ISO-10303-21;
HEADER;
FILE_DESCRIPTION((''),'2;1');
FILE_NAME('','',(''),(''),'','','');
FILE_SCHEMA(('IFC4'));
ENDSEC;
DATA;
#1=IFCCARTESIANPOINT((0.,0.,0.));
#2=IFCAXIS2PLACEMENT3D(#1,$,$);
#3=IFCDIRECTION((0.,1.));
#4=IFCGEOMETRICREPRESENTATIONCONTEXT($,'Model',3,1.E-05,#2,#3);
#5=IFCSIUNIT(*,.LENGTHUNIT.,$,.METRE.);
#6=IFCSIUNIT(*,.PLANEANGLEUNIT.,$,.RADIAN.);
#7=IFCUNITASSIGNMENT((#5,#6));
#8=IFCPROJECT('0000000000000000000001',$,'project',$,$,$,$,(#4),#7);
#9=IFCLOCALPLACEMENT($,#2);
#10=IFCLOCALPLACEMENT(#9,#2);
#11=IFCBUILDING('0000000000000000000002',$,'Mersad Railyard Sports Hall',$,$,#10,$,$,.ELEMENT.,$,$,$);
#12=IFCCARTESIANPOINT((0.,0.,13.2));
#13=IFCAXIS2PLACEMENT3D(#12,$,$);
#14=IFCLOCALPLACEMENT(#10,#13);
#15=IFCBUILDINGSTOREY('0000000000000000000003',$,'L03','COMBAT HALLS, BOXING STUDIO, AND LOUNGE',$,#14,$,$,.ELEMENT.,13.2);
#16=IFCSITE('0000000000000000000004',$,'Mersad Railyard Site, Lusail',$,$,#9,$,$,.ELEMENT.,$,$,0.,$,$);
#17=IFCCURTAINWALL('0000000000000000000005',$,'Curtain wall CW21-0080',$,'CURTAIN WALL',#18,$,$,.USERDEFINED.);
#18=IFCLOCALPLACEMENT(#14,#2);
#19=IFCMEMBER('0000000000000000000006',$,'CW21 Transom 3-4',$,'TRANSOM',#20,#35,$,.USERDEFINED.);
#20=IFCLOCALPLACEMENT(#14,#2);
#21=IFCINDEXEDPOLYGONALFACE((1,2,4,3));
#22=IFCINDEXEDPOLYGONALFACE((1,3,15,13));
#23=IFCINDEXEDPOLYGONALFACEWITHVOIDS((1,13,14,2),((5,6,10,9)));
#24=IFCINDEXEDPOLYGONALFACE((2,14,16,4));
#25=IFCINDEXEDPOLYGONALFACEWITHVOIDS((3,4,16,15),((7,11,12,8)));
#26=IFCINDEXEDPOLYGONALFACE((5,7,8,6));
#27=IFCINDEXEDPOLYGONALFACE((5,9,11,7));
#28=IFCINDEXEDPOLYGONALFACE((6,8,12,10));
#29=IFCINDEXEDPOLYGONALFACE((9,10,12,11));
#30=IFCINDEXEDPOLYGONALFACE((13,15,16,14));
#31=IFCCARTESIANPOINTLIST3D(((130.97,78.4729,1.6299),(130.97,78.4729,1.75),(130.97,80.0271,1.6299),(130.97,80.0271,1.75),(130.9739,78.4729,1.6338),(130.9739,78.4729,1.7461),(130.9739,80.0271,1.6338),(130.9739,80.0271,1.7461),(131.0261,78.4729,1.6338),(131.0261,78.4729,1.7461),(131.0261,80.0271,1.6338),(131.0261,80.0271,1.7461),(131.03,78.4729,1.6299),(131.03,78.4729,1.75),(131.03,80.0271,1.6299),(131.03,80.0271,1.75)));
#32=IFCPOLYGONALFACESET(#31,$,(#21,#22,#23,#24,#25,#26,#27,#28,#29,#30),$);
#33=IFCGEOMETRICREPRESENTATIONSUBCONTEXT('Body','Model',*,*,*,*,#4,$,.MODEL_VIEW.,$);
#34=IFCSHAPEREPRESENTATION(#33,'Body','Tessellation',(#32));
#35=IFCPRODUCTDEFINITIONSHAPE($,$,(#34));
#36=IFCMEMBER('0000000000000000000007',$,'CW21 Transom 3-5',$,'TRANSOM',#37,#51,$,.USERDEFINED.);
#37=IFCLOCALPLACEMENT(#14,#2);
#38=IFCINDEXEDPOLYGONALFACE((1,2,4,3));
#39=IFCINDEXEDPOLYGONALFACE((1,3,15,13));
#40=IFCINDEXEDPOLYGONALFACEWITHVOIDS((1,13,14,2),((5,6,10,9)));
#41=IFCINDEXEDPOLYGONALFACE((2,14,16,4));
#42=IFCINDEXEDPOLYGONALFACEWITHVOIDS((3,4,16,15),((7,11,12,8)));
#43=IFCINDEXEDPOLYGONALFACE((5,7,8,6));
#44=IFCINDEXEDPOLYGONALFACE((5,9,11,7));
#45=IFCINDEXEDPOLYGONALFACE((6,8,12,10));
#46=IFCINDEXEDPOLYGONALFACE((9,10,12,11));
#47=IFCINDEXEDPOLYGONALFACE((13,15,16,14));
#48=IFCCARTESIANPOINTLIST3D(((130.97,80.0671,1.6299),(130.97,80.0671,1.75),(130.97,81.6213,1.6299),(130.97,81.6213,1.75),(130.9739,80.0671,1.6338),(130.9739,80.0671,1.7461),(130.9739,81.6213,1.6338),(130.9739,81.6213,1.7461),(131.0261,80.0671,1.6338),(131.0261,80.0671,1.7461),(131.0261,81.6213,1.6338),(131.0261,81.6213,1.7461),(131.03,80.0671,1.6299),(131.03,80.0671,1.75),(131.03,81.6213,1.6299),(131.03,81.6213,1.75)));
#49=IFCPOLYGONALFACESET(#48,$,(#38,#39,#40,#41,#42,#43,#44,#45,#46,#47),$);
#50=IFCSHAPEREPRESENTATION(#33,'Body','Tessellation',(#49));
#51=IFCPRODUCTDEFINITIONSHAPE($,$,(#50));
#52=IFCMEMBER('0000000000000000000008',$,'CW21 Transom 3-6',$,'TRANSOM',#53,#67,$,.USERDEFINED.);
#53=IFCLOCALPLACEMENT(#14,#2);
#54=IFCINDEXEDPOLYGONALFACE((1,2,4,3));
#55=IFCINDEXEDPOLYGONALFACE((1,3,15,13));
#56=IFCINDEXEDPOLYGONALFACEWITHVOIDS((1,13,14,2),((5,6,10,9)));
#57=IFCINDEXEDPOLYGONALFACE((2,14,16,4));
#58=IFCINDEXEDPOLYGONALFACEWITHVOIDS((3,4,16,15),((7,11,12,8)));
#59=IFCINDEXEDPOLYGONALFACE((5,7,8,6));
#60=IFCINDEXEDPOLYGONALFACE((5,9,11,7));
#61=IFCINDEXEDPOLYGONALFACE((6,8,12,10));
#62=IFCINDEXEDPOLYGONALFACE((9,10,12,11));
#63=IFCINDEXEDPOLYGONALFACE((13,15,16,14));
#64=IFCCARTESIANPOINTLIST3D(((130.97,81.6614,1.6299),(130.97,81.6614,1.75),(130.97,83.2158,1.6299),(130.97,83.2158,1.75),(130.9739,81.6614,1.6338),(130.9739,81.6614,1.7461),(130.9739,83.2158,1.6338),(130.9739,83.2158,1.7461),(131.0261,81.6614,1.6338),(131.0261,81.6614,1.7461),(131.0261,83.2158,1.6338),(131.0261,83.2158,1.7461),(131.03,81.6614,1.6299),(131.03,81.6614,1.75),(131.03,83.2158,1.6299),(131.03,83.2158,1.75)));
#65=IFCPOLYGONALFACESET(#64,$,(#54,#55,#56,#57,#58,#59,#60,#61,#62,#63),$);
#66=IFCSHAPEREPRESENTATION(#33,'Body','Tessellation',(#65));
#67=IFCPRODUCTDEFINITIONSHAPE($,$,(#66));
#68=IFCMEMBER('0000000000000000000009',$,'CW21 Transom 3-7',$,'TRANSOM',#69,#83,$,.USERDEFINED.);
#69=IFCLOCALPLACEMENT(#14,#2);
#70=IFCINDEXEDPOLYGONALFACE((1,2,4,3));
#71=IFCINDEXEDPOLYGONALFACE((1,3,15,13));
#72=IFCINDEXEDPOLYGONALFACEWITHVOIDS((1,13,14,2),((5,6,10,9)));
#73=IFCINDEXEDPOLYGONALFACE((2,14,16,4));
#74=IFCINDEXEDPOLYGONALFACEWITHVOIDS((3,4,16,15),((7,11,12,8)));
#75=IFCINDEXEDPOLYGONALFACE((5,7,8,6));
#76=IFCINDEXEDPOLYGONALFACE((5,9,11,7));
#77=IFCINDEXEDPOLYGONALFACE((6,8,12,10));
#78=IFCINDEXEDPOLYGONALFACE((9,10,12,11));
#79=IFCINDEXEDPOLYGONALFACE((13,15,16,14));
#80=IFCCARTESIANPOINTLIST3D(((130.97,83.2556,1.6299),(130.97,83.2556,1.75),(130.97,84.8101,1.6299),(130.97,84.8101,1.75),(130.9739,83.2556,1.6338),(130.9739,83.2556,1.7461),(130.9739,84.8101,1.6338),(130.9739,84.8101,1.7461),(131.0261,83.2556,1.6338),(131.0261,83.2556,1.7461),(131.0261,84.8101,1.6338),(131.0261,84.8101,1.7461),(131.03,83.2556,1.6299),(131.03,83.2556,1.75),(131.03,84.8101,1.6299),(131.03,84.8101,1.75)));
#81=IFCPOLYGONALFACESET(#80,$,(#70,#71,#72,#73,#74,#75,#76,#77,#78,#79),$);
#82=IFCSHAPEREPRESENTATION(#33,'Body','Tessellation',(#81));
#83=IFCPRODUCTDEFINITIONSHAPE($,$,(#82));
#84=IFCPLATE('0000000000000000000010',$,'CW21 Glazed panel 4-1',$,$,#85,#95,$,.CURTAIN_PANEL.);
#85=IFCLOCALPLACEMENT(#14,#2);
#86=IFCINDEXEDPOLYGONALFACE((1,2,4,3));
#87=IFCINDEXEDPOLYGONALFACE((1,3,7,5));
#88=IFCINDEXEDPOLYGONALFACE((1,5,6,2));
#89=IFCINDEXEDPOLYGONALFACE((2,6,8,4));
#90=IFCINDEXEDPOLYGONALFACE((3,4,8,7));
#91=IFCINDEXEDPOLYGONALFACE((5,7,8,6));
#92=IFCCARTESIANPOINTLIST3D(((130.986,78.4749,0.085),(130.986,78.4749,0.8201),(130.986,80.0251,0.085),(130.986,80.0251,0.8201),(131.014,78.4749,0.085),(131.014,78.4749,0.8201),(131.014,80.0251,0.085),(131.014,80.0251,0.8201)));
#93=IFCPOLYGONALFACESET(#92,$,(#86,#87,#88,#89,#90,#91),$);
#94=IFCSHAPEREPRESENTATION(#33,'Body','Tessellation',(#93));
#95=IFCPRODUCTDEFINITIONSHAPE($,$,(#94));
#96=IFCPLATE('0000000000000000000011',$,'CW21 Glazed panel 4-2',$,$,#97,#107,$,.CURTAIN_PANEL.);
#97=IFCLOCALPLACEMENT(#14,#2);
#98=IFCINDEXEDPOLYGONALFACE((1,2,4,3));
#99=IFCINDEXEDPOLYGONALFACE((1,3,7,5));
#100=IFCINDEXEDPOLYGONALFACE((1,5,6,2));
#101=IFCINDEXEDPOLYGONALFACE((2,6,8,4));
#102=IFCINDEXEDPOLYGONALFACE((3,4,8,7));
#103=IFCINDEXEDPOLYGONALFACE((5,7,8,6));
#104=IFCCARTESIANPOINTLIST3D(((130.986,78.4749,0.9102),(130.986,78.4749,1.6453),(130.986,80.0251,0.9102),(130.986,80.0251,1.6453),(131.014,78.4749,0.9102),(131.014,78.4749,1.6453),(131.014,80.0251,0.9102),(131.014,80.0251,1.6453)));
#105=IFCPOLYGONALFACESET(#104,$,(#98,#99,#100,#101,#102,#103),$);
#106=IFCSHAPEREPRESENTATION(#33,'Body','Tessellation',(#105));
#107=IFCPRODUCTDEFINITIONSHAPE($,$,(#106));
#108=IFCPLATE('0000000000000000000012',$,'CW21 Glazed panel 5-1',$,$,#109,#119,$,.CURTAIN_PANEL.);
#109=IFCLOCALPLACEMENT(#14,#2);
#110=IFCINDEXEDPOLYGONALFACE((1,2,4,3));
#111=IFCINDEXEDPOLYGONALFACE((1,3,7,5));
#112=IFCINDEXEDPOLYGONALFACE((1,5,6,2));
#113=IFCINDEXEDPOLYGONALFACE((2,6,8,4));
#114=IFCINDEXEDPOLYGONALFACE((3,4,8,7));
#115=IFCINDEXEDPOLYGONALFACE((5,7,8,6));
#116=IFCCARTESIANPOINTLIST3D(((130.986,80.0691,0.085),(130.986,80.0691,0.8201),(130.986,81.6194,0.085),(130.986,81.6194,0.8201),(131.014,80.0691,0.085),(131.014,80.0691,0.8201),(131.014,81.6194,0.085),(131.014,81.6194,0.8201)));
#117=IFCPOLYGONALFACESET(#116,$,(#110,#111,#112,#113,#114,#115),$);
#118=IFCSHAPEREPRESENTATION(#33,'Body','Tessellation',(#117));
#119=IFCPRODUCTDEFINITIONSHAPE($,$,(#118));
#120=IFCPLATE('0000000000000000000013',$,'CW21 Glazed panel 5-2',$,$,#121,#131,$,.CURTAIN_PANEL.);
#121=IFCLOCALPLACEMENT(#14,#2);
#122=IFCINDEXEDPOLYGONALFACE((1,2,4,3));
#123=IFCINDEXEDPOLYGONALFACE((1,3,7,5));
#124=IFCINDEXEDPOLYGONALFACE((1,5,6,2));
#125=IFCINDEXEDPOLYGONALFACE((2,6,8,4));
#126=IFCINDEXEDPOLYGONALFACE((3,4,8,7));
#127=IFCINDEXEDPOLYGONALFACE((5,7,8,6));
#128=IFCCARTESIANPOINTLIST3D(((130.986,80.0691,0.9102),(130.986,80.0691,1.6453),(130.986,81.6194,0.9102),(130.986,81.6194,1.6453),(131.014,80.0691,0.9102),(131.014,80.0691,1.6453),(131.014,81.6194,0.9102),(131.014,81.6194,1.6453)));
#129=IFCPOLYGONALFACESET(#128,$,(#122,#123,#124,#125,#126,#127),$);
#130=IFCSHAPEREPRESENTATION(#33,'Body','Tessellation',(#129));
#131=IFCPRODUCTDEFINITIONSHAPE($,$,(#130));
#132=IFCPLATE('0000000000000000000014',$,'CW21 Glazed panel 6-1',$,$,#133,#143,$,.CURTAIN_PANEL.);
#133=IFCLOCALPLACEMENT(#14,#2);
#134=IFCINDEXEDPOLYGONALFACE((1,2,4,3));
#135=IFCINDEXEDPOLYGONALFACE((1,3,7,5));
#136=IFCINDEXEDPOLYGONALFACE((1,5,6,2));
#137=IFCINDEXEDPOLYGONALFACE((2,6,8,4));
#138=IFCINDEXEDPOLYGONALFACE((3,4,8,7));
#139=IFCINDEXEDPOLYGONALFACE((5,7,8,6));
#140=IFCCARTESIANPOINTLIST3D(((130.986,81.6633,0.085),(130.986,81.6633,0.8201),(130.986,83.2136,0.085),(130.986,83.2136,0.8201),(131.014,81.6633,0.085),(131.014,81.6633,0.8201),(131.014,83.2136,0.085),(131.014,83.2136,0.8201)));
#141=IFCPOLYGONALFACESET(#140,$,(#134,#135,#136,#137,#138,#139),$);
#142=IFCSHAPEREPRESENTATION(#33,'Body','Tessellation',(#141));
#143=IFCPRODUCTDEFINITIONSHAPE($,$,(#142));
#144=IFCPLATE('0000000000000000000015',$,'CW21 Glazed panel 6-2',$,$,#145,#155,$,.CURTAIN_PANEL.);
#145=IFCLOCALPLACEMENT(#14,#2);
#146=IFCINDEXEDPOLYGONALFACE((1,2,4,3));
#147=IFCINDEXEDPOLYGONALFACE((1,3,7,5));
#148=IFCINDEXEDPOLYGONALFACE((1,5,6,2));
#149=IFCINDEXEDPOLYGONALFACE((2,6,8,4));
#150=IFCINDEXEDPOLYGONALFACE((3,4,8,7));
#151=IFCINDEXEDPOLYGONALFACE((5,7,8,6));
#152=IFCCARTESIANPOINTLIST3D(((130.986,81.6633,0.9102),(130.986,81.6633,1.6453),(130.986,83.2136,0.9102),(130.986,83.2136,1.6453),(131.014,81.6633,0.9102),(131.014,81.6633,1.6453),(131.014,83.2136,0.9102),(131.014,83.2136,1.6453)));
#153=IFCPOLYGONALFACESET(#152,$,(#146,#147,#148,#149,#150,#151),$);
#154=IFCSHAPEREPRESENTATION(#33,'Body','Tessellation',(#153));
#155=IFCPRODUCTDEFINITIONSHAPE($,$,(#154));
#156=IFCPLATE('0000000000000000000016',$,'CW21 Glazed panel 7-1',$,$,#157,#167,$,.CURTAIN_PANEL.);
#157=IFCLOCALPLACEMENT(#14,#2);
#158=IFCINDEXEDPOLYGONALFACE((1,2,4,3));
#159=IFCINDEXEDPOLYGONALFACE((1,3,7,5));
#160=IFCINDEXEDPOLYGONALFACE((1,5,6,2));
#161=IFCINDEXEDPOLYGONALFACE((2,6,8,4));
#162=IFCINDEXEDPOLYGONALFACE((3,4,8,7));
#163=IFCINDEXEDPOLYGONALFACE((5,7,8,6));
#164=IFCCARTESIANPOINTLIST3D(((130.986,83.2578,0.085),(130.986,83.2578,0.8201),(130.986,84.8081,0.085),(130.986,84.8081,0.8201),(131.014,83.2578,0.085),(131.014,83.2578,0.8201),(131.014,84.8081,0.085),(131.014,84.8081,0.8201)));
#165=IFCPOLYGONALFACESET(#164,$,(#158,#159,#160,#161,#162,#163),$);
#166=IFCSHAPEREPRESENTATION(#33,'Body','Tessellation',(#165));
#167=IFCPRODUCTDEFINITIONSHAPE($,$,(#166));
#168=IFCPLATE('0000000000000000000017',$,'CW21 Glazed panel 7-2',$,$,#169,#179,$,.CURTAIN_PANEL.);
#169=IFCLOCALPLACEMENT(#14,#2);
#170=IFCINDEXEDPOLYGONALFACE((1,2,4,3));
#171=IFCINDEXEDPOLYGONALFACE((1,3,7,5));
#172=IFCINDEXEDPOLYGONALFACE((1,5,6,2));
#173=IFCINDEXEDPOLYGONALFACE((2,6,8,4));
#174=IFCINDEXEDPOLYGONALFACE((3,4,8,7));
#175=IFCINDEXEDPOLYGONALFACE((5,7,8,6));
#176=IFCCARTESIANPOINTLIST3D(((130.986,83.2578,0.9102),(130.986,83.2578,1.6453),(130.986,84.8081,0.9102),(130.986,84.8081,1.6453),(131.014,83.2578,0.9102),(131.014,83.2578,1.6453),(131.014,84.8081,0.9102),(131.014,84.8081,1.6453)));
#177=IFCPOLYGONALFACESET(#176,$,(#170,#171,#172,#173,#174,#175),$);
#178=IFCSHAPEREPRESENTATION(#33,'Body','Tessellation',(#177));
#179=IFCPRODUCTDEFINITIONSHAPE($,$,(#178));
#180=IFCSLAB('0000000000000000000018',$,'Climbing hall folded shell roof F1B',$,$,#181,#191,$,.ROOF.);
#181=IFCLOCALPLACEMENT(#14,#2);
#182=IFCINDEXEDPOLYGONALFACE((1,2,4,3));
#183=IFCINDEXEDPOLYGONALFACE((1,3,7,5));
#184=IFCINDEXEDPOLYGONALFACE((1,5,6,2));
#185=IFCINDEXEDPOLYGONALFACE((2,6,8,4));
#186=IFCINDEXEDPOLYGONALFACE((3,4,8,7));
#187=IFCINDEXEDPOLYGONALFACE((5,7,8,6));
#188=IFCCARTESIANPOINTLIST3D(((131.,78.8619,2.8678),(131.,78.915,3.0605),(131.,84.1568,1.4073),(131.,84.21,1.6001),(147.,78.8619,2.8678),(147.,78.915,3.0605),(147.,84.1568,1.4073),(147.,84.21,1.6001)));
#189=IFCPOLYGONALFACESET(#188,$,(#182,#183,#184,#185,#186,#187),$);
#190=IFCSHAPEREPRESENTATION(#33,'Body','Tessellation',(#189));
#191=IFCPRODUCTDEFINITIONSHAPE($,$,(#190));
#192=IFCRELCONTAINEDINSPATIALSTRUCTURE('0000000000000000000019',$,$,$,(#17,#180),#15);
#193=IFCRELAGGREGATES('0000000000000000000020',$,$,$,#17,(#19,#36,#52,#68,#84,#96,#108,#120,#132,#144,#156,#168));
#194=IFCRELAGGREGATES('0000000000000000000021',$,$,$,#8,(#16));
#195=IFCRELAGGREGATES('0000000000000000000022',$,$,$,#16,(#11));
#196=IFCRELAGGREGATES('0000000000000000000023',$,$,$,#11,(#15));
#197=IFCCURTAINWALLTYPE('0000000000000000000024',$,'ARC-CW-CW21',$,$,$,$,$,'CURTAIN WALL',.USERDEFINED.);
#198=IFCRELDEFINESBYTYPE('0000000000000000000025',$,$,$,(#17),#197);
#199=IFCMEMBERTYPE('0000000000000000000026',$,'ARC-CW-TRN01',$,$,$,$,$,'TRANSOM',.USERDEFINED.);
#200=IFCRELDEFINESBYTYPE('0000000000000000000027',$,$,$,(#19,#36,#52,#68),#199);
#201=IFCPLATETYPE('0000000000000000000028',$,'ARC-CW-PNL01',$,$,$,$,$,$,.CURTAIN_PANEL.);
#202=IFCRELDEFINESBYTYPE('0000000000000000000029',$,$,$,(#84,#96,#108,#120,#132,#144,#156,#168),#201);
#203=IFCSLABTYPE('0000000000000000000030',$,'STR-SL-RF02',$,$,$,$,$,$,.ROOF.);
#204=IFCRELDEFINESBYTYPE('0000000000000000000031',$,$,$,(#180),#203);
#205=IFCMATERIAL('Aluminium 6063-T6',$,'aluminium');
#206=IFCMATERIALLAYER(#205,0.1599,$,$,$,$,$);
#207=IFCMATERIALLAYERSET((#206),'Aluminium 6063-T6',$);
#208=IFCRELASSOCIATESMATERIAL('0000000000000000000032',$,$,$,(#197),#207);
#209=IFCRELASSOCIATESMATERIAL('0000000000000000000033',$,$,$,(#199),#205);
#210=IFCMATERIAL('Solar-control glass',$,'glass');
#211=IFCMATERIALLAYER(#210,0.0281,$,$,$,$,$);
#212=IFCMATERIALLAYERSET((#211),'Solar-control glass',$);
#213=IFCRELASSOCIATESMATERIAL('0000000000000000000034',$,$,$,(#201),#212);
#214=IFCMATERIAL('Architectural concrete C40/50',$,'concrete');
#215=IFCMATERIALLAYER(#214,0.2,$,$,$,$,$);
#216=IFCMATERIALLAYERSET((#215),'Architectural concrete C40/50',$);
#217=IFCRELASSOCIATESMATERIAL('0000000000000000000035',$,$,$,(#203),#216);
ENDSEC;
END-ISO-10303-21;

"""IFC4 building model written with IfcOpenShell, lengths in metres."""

from ifc_helpers import new_model, si_unit, direction, frame, origin, origin_2d, place, context, subcontext, project, spatial, polyline, rectangle, hollow_rectangle, outline, extrude, material, layer, layer_set, material_profile, profile_set, type_object, element, aggregate, save


model = new_model("IFC4")

# Units and contexts
model_context = context("Model", 3, precision=1e-05, world=origin(), true_north=direction((0.0, 1.0)))
body_context = subcontext(model_context, "Body", "Model", "MODEL_VIEW")
ifc_project = project(units=[si_unit("LENGTHUNIT", "METRE"), si_unit("PLANEANGLEUNIT", "RADIAN")], contexts=[model_context])

# Site, building, storey
site_placement = place(None, origin())
site = spatial("IfcSite", under=ifc_project, at=site_placement, Name="Mersad Railyard Site, Lusail", CompositionType="ELEMENT", RefElevation=0.0)
building_placement = place(site_placement, origin())
building = spatial("IfcBuilding", under=site, at=building_placement, Name="Mersad Railyard Sports Hall", CompositionType="ELEMENT")
storey_placement = place(building_placement, frame((0.0, 0.0, 13.2)))
storey = spatial("IfcBuildingStorey", under=building, at=storey_placement, Name="L03", Description="COMBAT HALLS, BOXING STUDIO, AND LOUNGE", CompositionType="ELEMENT", Elevation=13.2)

# Curtain wall, members, plates
ifc_material_1 = material(Name="Aluminium 6063-T6", Category="aluminium")
ifc_layer_1 = layer(ifc_material_1, 0.1599)
ifc_layer_set_1 = layer_set([ifc_layer_1], Name="Aluminium 6063-T6")
curtain_wall_type = type_object("IfcCurtainWallType", Name="ARC-CW-CW21", ElementType="CURTAIN WALL", PredefinedType="USERDEFINED", material=ifc_layer_set_1)
curtain_wall_placement = place(storey_placement, origin())
curtain_wall = element("IfcCurtainWall", 1, at=curtain_wall_placement, inside=storey, type_object=curtain_wall_type, Name="Curtain wall CW21-0080", ObjectType="CURTAIN WALL", PredefinedType="USERDEFINED")
ifc_material_profile_1 = material_profile(ifc_material_1, hollow_rectangle(XDim=0.0601, YDim=0.1201, WallThickness=0.0039, at=origin_2d()), Name="AL TRANSOM 60x120x4")
ifc_profile_set_1 = profile_set([ifc_material_profile_1], Name="Aluminium 6063-T6")
member_type_1 = type_object("IfcMemberType", Name="ARC-CW-TRN01", ElementType="TRANSOM", PredefinedType="USERDEFINED", material=ifc_profile_set_1)
member_1_placement = place(storey_placement, frame((131.0, 78.4729, 1.6899), z_axis=(0.0, 1.0, 0.0), x_axis=(-1.0, 0.0, 0.0)))
member_1 = element("IfcMember", 2, at=member_1_placement, type_object=member_type_1, Name="CW21 Transom 3-4", ObjectType="TRANSOM", PredefinedType="USERDEFINED", context=body_context, shape_type="SweptSolid", body=[
    extrude(hollow_rectangle(XDim=0.0601, YDim=0.1201, WallThickness=0.0039, at=origin_2d()), origin(), (0.0, 0.0, 1.0), 1.5542),
])
member_2_placement = place(storey_placement, frame((131.0, 80.0671, 1.6899), z_axis=(0.0, 1.0, 0.0), x_axis=(-1.0, 0.0, 0.0)))
member_2 = element("IfcMember", 3, at=member_2_placement, type_object=member_type_1, Name="CW21 Transom 3-5", ObjectType="TRANSOM", PredefinedType="USERDEFINED", context=body_context, shape_type="SweptSolid", body=[
    extrude(hollow_rectangle(XDim=0.0601, YDim=0.1201, WallThickness=0.0039, at=origin_2d()), origin(), (0.0, 0.0, 1.0), 1.5542),
])
member_3_placement = place(storey_placement, frame((131.0, 81.6614, 1.6899), z_axis=(0.0, 1.0, 0.0), x_axis=(-1.0, 0.0, 0.0)))
member_3 = element("IfcMember", 4, at=member_3_placement, type_object=member_type_1, Name="CW21 Transom 3-6", ObjectType="TRANSOM", PredefinedType="USERDEFINED", context=body_context, shape_type="SweptSolid", body=[
    extrude(hollow_rectangle(XDim=0.0601, YDim=0.1201, WallThickness=0.0039, at=origin_2d()), origin(), (0.0, 0.0, 1.0), 1.5544),
])
member_4_placement = place(storey_placement, frame((131.0, 83.2556, 1.6899), z_axis=(0.0, 1.0, 0.0), x_axis=(-1.0, 0.0, 0.0)))
member_4 = element("IfcMember", 5, at=member_4_placement, type_object=member_type_1, Name="CW21 Transom 3-7", ObjectType="TRANSOM", PredefinedType="USERDEFINED", context=body_context, shape_type="SweptSolid", body=[
    extrude(hollow_rectangle(XDim=0.0601, YDim=0.1201, WallThickness=0.0039, at=origin_2d()), origin(), (0.0, 0.0, 1.0), 1.5544),
])
ifc_material_2 = material(Name="Solar-control glass", Category="glass")
ifc_layer_2 = layer(ifc_material_2, 0.0281)
ifc_layer_set_2 = layer_set([ifc_layer_2], Name="Solar-control glass")
plate_type = type_object("IfcPlateType", Name="ARC-CW-PNL01", PredefinedType="CURTAIN_PANEL", material=ifc_layer_set_2)
plate_1_placement = place(storey_placement, frame((131.0, 79.25, 0.085), z_axis=(0.0, 0.0, 1.0), x_axis=(0.0, 1.0, 0.0)))
plate_1 = element("IfcPlate", 6, at=plate_1_placement, type_object=plate_type, Name="CW21 Glazed panel 4-1", PredefinedType="CURTAIN_PANEL", context=body_context, shape_type="SweptSolid", body=[
    extrude(rectangle(XDim=1.5503, YDim=0.0281, at=origin_2d()), origin(), (0.0, 0.0, 1.0), 0.7351),
])
plate_2_placement = place(storey_placement, frame((131.0, 79.25, 0.9102), z_axis=(0.0, 0.0, 1.0), x_axis=(0.0, 1.0, 0.0)))
plate_2 = element("IfcPlate", 7, at=plate_2_placement, type_object=plate_type, Name="CW21 Glazed panel 4-2", PredefinedType="CURTAIN_PANEL", context=body_context, shape_type="SweptSolid", body=[
    extrude(rectangle(XDim=1.5503, YDim=0.0281, at=origin_2d()), origin(), (0.0, 0.0, 1.0), 0.7351),
])
plate_3_placement = place(storey_placement, frame((131.0, 80.8442, 0.085), z_axis=(0.0, 0.0, 1.0), x_axis=(0.0, 1.0, 0.0)))
plate_3 = element("IfcPlate", 8, at=plate_3_placement, type_object=plate_type, Name="CW21 Glazed panel 5-1", PredefinedType="CURTAIN_PANEL", context=body_context, shape_type="SweptSolid", body=[
    extrude(rectangle(XDim=1.5503, YDim=0.0281, at=origin_2d()), origin(), (0.0, 0.0, 1.0), 0.7351),
])
plate_4_placement = place(storey_placement, frame((131.0, 80.8442, 0.9102), z_axis=(0.0, 0.0, 1.0), x_axis=(0.0, 1.0, 0.0)))
plate_4 = element("IfcPlate", 9, at=plate_4_placement, type_object=plate_type, Name="CW21 Glazed panel 5-2", PredefinedType="CURTAIN_PANEL", context=body_context, shape_type="SweptSolid", body=[
    extrude(rectangle(XDim=1.5503, YDim=0.0281, at=origin_2d()), origin(), (0.0, 0.0, 1.0), 0.7351),
])
plate_5_placement = place(storey_placement, frame((131.0, 82.4385, 0.085), z_axis=(0.0, 0.0, 1.0), x_axis=(0.0, 1.0, 0.0)))
plate_5 = element("IfcPlate", 10, at=plate_5_placement, type_object=plate_type, Name="CW21 Glazed panel 6-1", PredefinedType="CURTAIN_PANEL", context=body_context, shape_type="SweptSolid", body=[
    extrude(rectangle(XDim=1.5503, YDim=0.0281, at=origin_2d()), origin(), (0.0, 0.0, 1.0), 0.7351),
])
plate_6_placement = place(storey_placement, frame((131.0, 82.4385, 0.9102), z_axis=(0.0, 0.0, 1.0), x_axis=(0.0, 1.0, 0.0)))
plate_6 = element("IfcPlate", 11, at=plate_6_placement, type_object=plate_type, Name="CW21 Glazed panel 6-2", PredefinedType="CURTAIN_PANEL", context=body_context, shape_type="SweptSolid", body=[
    extrude(rectangle(XDim=1.5503, YDim=0.0281, at=origin_2d()), origin(), (0.0, 0.0, 1.0), 0.7351),
])
plate_7_placement = place(storey_placement, frame((131.0, 84.033, 0.085), z_axis=(0.0, 0.0, 1.0), x_axis=(0.0, 1.0, 0.0)))
plate_7 = element("IfcPlate", 12, at=plate_7_placement, type_object=plate_type, Name="CW21 Glazed panel 7-1", PredefinedType="CURTAIN_PANEL", context=body_context, shape_type="SweptSolid", body=[
    extrude(rectangle(XDim=1.5503, YDim=0.0281, at=origin_2d()), origin(), (0.0, 0.0, 1.0), 0.7351),
])
plate_8_placement = place(storey_placement, frame((131.0, 84.033, 0.9102), z_axis=(0.0, 0.0, 1.0), x_axis=(0.0, 1.0, 0.0)))
plate_8 = element("IfcPlate", 13, at=plate_8_placement, type_object=plate_type, Name="CW21 Glazed panel 7-2", PredefinedType="CURTAIN_PANEL", context=body_context, shape_type="SweptSolid", body=[
    extrude(rectangle(XDim=1.5503, YDim=0.0281, at=origin_2d()), origin(), (0.0, 0.0, 1.0), 0.7351),
])
aggregate(curtain_wall, [member_1, member_2, member_3, member_4, plate_1, plate_2, plate_3, plate_4, plate_5, plate_6, plate_7, plate_8])

# Slab
ifc_material_3 = material(Name="Architectural concrete C40/50", Category="concrete")
ifc_layer_3 = layer(ifc_material_3, 0.2)
ifc_layer_set_3 = layer_set([ifc_layer_3], Name="Architectural concrete C40/50")
slab_type = type_object("IfcSlabType", Name="STR-SL-RF02", PredefinedType="ROOF", material=ifc_layer_set_3)
for number, where, z_axis, x_axis, name in (
    (14, (131.0, 78.915, 3.0605), (0.0, 0.265892, 0.964003), (1.0, 0.0, 0.0), "Climbing hall folded shell roof F1B"),
):
    element("IfcSlab", number, at=place(storey_placement, frame(where, z_axis=z_axis, x_axis=x_axis)), inside=storey, type_object=slab_type, Name=name, PredefinedType="ROOF", context=body_context, shape_type="SweptSolid", body=[
        extrude(outline(polyline([(0.0, 0.0), (16.0, 0.0), (16.0, 5.4926), (0.0, 5.4926), (0.0, 0.0)])), origin(), (0.0, 0.0, -1.0), 0.2),
    ])

save(model, "model.ifc")
